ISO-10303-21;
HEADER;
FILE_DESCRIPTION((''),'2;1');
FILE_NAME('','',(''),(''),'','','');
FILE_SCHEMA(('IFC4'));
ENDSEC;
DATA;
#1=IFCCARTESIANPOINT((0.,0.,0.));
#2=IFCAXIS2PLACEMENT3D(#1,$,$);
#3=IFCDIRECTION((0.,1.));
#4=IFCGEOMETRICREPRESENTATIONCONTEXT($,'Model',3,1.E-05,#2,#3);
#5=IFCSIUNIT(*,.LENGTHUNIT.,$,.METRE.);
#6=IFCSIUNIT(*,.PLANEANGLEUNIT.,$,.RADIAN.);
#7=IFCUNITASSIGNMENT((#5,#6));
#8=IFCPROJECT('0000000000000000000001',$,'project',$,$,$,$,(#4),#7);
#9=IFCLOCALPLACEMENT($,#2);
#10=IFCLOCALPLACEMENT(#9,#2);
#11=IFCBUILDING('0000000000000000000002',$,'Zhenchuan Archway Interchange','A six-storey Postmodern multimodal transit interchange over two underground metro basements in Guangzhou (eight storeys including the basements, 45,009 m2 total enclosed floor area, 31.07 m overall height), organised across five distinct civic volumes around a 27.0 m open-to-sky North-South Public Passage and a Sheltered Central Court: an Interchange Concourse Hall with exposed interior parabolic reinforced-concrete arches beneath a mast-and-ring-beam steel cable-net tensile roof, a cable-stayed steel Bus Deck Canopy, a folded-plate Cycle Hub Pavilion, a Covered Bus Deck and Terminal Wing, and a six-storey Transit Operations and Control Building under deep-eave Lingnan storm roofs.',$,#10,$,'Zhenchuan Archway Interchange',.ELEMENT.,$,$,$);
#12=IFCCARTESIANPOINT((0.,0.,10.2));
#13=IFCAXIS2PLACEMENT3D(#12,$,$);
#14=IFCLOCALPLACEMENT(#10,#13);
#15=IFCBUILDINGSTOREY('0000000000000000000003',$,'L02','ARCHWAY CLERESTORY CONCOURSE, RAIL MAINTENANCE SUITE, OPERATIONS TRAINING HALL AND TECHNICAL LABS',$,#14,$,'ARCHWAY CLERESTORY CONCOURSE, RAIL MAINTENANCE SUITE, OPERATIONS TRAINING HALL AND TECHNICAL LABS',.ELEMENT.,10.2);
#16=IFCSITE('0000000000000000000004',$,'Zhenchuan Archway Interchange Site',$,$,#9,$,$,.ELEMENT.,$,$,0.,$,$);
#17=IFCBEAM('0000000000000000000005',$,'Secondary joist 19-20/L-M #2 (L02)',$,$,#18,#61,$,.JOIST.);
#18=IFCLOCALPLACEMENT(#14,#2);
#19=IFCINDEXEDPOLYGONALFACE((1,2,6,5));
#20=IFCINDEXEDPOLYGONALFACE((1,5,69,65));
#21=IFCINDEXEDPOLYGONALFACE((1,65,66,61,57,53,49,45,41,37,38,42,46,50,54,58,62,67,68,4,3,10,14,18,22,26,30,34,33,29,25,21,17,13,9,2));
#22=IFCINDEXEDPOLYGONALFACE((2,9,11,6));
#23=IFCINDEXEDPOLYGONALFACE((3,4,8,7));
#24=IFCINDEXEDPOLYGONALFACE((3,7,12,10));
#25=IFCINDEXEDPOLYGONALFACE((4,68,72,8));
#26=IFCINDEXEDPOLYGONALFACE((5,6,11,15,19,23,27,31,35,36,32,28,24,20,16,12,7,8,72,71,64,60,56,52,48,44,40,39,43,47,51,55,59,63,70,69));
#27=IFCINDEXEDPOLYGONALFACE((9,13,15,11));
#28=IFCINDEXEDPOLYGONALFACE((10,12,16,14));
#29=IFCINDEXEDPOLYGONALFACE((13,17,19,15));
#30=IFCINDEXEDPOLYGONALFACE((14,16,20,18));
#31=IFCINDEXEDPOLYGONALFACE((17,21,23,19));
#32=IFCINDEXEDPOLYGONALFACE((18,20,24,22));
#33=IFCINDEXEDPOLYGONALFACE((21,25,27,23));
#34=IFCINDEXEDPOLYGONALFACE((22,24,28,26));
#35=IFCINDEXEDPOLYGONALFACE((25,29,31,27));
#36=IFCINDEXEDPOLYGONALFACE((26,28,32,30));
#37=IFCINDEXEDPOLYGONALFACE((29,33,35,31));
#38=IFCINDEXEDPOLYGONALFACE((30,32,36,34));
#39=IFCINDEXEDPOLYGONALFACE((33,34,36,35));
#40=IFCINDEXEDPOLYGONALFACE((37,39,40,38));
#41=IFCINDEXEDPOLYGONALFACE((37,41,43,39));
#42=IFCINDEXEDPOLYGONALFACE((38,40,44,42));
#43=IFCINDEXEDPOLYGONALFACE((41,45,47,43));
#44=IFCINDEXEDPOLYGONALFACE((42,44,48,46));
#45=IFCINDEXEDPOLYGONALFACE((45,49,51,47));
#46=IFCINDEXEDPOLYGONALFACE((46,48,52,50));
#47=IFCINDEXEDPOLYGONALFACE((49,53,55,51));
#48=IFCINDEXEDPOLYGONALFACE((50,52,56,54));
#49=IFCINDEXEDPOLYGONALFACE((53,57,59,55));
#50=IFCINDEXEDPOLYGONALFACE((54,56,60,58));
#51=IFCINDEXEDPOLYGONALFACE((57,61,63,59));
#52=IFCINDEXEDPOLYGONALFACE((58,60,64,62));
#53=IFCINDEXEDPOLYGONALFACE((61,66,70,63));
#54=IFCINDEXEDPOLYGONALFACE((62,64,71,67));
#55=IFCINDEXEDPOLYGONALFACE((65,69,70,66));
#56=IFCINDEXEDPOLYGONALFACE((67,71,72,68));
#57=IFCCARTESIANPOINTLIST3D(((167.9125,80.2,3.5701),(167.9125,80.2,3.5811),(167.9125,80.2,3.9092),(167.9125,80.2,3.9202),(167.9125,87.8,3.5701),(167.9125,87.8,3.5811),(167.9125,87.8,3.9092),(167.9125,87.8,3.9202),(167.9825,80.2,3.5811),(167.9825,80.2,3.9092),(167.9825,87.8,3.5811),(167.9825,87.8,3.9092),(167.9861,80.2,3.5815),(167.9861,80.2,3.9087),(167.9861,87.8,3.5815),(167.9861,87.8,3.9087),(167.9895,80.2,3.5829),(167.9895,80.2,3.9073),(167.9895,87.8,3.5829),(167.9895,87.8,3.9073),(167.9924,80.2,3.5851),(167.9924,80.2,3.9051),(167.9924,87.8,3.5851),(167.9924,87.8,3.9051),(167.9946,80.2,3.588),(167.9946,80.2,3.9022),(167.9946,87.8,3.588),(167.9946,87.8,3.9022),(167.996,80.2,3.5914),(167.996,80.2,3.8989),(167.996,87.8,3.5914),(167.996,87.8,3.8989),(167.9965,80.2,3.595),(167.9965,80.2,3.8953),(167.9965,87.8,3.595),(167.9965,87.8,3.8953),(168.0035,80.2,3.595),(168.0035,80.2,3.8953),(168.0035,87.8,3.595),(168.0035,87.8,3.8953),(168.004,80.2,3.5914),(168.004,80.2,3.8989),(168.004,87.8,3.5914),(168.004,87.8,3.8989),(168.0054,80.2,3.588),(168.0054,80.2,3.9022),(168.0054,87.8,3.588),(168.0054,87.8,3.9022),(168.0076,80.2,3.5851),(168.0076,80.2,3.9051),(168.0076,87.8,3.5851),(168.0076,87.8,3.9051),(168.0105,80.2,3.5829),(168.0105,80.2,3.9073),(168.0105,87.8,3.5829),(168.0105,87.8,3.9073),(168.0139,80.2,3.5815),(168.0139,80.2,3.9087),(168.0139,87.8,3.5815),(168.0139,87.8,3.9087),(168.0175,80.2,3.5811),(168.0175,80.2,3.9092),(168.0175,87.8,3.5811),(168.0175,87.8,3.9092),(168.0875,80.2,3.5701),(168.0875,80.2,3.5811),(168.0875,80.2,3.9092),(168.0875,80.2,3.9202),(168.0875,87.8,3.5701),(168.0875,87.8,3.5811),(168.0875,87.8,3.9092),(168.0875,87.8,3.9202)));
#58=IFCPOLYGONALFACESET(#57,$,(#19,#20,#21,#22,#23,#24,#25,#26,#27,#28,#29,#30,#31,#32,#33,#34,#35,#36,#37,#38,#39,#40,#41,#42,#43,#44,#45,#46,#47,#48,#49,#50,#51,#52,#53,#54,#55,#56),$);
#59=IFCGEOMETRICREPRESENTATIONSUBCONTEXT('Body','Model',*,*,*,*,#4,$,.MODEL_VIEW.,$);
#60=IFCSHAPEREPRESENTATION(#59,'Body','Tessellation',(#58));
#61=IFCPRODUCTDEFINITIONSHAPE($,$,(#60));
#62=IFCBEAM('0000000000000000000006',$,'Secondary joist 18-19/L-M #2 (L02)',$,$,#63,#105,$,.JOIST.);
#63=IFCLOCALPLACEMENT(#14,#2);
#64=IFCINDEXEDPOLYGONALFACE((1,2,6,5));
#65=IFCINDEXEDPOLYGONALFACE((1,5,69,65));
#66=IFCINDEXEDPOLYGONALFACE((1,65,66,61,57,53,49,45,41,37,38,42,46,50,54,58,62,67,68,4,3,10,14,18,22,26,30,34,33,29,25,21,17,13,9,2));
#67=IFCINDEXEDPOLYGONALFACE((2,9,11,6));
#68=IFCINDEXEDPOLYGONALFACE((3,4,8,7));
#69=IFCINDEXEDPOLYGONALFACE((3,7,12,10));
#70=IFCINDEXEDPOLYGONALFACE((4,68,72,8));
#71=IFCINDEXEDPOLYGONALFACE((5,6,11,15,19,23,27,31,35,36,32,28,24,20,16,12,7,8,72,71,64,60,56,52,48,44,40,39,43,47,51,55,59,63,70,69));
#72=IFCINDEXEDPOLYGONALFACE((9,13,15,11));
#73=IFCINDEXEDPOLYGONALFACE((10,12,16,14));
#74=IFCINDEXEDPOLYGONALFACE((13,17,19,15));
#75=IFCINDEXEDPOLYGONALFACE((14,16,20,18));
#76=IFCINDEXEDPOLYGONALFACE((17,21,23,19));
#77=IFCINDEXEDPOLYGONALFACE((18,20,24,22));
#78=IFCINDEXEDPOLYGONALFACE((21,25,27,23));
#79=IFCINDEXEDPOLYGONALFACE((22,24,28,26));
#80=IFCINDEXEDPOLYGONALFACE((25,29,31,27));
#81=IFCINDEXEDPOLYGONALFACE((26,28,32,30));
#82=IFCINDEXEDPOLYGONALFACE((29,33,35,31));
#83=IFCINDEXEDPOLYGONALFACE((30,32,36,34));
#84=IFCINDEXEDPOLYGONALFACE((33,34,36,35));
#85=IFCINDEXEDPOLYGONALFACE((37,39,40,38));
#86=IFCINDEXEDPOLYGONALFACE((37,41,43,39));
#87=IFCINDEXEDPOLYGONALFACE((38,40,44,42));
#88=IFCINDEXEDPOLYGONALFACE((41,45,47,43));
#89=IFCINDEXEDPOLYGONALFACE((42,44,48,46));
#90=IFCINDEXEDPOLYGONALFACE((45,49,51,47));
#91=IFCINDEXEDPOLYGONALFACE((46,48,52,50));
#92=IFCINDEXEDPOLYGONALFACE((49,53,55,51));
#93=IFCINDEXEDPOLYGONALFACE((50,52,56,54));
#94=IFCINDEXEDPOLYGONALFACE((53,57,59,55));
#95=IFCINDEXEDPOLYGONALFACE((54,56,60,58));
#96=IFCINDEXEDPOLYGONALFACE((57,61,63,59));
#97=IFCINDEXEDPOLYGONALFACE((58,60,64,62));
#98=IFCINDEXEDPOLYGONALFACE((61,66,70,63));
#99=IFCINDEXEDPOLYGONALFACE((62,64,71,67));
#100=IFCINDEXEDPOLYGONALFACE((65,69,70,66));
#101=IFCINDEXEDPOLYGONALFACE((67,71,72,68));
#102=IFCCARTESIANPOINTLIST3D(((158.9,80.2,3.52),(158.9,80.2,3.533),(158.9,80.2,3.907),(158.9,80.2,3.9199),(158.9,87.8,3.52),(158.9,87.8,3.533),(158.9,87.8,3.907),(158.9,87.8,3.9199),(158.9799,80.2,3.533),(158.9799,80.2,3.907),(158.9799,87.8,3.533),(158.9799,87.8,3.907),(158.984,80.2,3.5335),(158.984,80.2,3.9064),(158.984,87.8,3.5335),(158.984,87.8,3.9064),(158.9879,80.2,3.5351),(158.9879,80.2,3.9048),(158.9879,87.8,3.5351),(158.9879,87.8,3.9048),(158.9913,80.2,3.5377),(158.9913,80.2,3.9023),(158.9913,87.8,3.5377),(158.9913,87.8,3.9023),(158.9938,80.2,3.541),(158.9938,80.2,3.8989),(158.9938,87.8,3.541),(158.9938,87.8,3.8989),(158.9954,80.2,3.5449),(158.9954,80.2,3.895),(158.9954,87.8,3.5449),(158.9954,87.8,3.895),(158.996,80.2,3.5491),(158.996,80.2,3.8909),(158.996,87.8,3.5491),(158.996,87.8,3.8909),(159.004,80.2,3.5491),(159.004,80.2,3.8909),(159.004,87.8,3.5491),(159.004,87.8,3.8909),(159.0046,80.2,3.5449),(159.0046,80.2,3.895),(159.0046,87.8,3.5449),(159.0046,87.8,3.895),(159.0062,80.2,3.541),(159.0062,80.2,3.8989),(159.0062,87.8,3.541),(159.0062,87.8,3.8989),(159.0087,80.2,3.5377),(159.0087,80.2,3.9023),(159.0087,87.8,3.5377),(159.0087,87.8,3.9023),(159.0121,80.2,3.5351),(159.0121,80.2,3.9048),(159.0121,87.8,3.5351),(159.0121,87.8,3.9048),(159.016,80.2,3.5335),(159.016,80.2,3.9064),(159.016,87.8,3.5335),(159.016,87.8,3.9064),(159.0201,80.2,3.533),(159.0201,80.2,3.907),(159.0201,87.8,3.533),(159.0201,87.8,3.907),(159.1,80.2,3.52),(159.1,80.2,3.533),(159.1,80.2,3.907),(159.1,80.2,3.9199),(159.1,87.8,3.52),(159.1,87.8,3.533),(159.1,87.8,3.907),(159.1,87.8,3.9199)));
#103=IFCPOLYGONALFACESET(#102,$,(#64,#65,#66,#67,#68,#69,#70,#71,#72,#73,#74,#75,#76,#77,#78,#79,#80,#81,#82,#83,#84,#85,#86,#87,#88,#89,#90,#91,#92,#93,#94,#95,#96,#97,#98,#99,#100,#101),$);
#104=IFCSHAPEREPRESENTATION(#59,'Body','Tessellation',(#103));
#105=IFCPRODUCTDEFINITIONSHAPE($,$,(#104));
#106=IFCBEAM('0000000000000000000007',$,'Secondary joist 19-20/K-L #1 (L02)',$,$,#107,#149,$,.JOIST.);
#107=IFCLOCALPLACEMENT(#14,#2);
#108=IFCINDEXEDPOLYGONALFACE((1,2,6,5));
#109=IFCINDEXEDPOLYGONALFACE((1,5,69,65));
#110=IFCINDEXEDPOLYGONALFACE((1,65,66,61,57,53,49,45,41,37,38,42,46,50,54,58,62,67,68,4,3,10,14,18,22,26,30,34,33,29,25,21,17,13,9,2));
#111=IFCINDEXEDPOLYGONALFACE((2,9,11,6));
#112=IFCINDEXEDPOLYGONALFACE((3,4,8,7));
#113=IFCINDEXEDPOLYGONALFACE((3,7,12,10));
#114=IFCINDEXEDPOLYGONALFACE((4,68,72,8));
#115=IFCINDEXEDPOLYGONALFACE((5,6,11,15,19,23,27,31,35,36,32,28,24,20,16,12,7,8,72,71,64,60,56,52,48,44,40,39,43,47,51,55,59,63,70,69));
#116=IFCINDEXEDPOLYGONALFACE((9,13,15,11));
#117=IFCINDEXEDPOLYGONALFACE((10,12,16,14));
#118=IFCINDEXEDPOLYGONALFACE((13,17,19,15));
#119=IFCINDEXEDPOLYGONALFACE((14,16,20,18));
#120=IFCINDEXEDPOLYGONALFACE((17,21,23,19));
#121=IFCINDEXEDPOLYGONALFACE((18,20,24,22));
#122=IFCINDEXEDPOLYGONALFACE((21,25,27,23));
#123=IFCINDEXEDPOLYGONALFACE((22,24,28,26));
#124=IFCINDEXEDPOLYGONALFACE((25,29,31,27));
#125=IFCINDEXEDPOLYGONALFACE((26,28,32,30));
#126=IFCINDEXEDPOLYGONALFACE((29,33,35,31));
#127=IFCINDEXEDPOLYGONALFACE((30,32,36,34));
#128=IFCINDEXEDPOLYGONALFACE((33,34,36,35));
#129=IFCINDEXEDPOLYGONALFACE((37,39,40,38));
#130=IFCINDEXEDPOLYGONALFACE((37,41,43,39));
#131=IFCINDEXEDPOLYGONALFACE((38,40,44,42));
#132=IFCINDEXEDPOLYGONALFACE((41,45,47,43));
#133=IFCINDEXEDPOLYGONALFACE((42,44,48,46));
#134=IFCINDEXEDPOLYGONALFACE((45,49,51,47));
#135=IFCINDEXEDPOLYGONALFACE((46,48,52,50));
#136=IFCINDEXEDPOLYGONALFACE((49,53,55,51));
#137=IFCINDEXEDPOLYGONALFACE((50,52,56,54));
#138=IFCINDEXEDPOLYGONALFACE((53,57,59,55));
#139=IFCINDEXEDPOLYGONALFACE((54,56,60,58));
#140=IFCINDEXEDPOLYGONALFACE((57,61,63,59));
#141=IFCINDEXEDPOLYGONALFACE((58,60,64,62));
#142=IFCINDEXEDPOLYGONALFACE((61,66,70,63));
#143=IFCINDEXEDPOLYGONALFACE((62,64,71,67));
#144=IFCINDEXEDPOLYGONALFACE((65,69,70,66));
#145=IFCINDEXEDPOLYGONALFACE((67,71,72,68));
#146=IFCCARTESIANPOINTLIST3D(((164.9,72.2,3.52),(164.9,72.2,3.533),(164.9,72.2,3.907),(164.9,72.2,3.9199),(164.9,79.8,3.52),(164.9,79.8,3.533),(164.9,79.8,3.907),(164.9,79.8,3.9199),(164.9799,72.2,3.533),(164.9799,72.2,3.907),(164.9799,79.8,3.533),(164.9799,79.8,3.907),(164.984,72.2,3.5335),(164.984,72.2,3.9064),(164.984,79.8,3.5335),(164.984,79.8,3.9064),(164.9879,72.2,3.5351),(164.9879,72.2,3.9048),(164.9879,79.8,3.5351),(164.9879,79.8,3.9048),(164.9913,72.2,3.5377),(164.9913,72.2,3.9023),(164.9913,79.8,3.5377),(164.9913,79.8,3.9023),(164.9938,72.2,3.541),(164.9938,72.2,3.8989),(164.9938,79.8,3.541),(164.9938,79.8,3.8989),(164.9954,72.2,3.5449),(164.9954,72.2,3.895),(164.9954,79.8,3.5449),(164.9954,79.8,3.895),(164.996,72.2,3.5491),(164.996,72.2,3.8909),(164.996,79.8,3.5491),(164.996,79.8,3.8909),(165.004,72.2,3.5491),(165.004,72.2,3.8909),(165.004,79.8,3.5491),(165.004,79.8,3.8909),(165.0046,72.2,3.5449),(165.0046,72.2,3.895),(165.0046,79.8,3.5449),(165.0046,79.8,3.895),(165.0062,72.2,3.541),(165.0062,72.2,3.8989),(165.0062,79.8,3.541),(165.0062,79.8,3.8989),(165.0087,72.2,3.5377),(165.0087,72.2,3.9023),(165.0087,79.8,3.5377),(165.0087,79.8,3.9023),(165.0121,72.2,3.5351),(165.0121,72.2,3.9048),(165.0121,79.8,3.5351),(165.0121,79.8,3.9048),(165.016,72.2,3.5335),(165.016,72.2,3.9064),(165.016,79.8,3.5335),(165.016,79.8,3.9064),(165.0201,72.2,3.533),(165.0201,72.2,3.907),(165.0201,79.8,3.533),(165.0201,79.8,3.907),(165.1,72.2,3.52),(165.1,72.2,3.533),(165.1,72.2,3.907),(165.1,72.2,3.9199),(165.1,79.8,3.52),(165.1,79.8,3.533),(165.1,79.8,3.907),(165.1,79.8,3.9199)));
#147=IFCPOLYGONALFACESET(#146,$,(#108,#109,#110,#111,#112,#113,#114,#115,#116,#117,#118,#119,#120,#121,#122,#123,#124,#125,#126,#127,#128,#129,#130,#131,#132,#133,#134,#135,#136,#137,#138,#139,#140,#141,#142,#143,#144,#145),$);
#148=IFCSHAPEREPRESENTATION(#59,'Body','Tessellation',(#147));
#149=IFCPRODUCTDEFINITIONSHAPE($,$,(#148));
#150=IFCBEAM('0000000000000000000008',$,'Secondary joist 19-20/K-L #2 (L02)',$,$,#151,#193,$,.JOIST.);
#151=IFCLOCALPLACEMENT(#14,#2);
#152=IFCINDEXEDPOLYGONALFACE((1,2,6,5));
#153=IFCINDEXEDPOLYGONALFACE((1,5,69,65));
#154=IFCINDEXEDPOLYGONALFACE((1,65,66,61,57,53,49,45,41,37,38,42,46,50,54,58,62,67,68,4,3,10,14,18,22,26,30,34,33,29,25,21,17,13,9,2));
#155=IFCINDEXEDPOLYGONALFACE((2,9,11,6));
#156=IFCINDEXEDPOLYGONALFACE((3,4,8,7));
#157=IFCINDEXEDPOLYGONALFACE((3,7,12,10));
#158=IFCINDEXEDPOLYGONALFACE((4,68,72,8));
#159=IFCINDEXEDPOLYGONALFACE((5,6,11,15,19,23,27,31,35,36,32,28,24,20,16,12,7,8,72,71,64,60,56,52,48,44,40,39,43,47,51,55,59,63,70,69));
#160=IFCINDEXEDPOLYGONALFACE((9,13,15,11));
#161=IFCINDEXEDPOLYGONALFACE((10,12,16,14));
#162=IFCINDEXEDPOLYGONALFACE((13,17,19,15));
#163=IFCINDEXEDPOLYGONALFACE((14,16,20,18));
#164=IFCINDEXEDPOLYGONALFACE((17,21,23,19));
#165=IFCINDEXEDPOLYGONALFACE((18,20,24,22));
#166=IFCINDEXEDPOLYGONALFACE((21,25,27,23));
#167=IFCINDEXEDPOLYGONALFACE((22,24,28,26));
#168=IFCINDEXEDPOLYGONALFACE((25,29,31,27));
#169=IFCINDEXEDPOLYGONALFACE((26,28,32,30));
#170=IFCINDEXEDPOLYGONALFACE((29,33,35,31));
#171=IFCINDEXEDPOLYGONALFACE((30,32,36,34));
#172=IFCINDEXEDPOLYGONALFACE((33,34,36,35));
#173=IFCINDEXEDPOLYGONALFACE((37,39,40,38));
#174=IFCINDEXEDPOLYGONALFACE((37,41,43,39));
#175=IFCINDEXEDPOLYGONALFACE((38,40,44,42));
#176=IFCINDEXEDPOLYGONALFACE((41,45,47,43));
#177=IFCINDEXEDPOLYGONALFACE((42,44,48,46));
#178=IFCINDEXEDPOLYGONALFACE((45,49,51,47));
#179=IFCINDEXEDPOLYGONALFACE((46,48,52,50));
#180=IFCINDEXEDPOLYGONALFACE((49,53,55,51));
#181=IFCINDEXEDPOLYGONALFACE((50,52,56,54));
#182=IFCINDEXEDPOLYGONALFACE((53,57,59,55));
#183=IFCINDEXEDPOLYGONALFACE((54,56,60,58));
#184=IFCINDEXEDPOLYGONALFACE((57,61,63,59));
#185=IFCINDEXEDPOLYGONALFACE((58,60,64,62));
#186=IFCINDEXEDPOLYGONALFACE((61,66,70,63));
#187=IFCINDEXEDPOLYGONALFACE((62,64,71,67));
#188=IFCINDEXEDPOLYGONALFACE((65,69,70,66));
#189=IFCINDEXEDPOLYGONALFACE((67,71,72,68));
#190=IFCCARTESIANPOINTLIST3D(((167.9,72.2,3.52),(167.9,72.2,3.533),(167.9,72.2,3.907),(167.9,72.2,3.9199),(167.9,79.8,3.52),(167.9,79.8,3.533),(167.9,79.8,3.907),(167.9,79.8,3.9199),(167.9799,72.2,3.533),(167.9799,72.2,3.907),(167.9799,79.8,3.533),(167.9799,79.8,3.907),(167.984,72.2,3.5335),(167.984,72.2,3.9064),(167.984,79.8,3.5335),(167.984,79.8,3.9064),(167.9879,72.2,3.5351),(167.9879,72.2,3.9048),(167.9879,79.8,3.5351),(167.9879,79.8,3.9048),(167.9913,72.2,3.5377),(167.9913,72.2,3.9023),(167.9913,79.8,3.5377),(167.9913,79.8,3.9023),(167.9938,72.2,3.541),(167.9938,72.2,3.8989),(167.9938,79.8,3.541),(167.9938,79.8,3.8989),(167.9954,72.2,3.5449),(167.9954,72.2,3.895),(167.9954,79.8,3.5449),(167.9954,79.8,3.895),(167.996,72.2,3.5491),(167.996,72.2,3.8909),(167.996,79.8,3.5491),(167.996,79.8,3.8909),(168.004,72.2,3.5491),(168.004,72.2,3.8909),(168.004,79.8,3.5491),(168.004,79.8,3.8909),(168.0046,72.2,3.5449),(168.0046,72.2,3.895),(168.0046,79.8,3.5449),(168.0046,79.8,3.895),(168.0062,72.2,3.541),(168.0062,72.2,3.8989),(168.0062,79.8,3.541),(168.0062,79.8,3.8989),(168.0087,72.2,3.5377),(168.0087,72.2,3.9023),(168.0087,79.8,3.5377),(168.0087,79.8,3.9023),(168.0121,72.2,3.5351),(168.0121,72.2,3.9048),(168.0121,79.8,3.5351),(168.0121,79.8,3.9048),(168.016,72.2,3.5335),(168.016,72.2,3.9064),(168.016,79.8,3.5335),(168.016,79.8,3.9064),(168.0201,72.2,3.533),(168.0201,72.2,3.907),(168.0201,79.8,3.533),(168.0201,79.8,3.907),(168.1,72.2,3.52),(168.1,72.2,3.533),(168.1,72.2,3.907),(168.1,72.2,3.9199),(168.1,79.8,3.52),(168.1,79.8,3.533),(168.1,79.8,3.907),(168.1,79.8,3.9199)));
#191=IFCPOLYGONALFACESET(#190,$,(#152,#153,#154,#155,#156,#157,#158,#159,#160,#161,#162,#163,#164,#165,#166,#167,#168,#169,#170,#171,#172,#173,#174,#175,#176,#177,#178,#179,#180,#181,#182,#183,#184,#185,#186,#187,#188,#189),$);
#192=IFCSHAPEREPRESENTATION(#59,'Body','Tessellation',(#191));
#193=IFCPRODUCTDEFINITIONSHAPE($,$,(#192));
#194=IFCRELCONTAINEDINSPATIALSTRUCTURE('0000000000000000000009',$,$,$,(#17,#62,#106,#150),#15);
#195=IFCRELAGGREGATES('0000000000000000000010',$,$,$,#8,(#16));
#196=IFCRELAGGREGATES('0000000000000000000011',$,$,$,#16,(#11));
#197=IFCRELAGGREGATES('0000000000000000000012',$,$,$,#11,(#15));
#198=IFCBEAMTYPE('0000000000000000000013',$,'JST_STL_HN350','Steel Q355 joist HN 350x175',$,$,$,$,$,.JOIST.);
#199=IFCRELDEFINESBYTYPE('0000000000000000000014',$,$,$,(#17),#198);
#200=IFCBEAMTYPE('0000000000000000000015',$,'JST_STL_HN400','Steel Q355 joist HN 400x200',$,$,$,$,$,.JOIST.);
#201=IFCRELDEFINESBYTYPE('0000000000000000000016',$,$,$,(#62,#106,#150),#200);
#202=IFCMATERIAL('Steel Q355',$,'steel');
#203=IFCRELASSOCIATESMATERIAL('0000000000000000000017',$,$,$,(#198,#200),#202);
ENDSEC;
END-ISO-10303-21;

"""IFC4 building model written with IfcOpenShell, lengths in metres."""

from ifc_helpers import new_model, si_unit, direction, frame, origin, origin_2d, place, context, subcontext, project, spatial, i_section, extrude, material, material_profile, profile_set, type_object, element, save


model = new_model("IFC4")

# Units and contexts
model_context = context("Model", 3, precision=1e-05, world=origin(), true_north=direction((0.0, 1.0)))
body_context = subcontext(model_context, "Body", "Model", "MODEL_VIEW")
ifc_project = project(units=[si_unit("LENGTHUNIT", "METRE"), si_unit("PLANEANGLEUNIT", "RADIAN")], contexts=[model_context])

# Site, building, storey
site_placement = place(None, origin())
site = spatial("IfcSite", under=ifc_project, at=site_placement, Name="Zhenchuan Archway Interchange Site", CompositionType="ELEMENT", RefElevation=0.0)
building_placement = place(site_placement, origin())
building = spatial("IfcBuilding", under=site, at=building_placement, Name="Zhenchuan Archway Interchange", Description="A six-storey Postmodern multimodal transit interchange over two underground metro basements in Guangzhou (eight storeys including the basements, 45,009 m2 total enclosed floor area, 31.07 m overall height), organised across five distinct civic volumes around a 27.0 m open-to-sky North-South Public Passage and a Sheltered Central Court: an Interchange Concourse Hall with exposed interior parabolic reinforced-concrete arches beneath a mast-and-ring-beam steel cable-net tensile roof, a cable-stayed steel Bus Deck Canopy, a folded-plate Cycle Hub Pavilion, a Covered Bus Deck and Terminal Wing, and a six-storey Transit Operations and Control Building under deep-eave Lingnan storm roofs.", LongName="Zhenchuan Archway Interchange", CompositionType="ELEMENT")
storey_placement = place(building_placement, frame((0.0, 0.0, 10.2)))
storey = spatial("IfcBuildingStorey", under=building, at=storey_placement, Name="L02", Description="ARCHWAY CLERESTORY CONCOURSE, RAIL MAINTENANCE SUITE, OPERATIONS TRAINING HALL AND TECHNICAL LABS", LongName="ARCHWAY CLERESTORY CONCOURSE, RAIL MAINTENANCE SUITE, OPERATIONS TRAINING HALL AND TECHNICAL LABS", CompositionType="ELEMENT", Elevation=10.2)

# Beams
ifc_material_1 = material(Name="Steel Q355", Category="steel")
ifc_material_profile_1 = material_profile(ifc_material_1, i_section(OverallWidth=0.175, OverallDepth=0.3501, WebThickness=0.0071, FlangeThickness=0.011, FilletRadius=0.0139, at=origin_2d()), Name="HN 350x175")
ifc_profile_set_1 = profile_set([ifc_material_profile_1], Name="Steel Q355")
beam_type_1 = type_object("IfcBeamType", Name="JST_STL_HN350", Description="Steel Q355 joist HN 350x175", PredefinedType="JOIST", material=ifc_profile_set_1)
for number, where, z_axis, x_axis, name in (
    (1, (168.0, 80.2, 3.7451), (0.0, 1.0, 0.0), (-1.0, 0.0, 0.0), "Secondary joist 19-20/L-M #2 (L02)"),
):
    element("IfcBeam", number, at=place(storey_placement, frame(where, z_axis=z_axis, x_axis=x_axis)), inside=storey, type_object=beam_type_1, Name=name, PredefinedType="JOIST", context=body_context, shape_type="SweptSolid", body=[
        extrude(i_section(OverallWidth=0.175, OverallDepth=0.3501, WebThickness=0.0071, FlangeThickness=0.011, FilletRadius=0.0139, at=origin_2d()), origin(), (0.0, 0.0, 1.0), 7.6001),
    ])
ifc_material_profile_2 = material_profile(ifc_material_1, i_section(OverallWidth=0.2, OverallDepth=0.3999, WebThickness=0.0081, FlangeThickness=0.0129, FilletRadius=0.0161, at=origin_2d()), Name="HN 400x200")
ifc_profile_set_2 = profile_set([ifc_material_profile_2], Name="Steel Q355")
beam_type_2 = type_object("IfcBeamType", Name="JST_STL_HN400", Description="Steel Q355 joist HN 400x200", PredefinedType="JOIST", material=ifc_profile_set_2)
for number, where, z_axis, x_axis, name in (
    (2, (159.0, 80.2, 3.72), (0.0, 1.0, 0.0), (-1.0, 0.0, 0.0), "Secondary joist 18-19/L-M #2 (L02)"),
    (3, (165.0, 72.2, 3.72), (0.0, 1.0, 0.0), (-1.0, 0.0, 0.0), "Secondary joist 19-20/K-L #1 (L02)"),
    (4, (168.0, 72.2, 3.72), (0.0, 1.0, 0.0), (-1.0, 0.0, 0.0), "Secondary joist 19-20/K-L #2 (L02)"),
):
    element("IfcBeam", number, at=place(storey_placement, frame(where, z_axis=z_axis, x_axis=x_axis)), inside=storey, type_object=beam_type_2, Name=name, PredefinedType="JOIST", context=body_context, shape_type="SweptSolid", body=[
        extrude(i_section(OverallWidth=0.2, OverallDepth=0.3999, WebThickness=0.0081, FlangeThickness=0.0129, FilletRadius=0.0161, at=origin_2d()), origin(), (0.0, 0.0, 1.0), 7.6001),
    ])

save(model, "model.ifc")
